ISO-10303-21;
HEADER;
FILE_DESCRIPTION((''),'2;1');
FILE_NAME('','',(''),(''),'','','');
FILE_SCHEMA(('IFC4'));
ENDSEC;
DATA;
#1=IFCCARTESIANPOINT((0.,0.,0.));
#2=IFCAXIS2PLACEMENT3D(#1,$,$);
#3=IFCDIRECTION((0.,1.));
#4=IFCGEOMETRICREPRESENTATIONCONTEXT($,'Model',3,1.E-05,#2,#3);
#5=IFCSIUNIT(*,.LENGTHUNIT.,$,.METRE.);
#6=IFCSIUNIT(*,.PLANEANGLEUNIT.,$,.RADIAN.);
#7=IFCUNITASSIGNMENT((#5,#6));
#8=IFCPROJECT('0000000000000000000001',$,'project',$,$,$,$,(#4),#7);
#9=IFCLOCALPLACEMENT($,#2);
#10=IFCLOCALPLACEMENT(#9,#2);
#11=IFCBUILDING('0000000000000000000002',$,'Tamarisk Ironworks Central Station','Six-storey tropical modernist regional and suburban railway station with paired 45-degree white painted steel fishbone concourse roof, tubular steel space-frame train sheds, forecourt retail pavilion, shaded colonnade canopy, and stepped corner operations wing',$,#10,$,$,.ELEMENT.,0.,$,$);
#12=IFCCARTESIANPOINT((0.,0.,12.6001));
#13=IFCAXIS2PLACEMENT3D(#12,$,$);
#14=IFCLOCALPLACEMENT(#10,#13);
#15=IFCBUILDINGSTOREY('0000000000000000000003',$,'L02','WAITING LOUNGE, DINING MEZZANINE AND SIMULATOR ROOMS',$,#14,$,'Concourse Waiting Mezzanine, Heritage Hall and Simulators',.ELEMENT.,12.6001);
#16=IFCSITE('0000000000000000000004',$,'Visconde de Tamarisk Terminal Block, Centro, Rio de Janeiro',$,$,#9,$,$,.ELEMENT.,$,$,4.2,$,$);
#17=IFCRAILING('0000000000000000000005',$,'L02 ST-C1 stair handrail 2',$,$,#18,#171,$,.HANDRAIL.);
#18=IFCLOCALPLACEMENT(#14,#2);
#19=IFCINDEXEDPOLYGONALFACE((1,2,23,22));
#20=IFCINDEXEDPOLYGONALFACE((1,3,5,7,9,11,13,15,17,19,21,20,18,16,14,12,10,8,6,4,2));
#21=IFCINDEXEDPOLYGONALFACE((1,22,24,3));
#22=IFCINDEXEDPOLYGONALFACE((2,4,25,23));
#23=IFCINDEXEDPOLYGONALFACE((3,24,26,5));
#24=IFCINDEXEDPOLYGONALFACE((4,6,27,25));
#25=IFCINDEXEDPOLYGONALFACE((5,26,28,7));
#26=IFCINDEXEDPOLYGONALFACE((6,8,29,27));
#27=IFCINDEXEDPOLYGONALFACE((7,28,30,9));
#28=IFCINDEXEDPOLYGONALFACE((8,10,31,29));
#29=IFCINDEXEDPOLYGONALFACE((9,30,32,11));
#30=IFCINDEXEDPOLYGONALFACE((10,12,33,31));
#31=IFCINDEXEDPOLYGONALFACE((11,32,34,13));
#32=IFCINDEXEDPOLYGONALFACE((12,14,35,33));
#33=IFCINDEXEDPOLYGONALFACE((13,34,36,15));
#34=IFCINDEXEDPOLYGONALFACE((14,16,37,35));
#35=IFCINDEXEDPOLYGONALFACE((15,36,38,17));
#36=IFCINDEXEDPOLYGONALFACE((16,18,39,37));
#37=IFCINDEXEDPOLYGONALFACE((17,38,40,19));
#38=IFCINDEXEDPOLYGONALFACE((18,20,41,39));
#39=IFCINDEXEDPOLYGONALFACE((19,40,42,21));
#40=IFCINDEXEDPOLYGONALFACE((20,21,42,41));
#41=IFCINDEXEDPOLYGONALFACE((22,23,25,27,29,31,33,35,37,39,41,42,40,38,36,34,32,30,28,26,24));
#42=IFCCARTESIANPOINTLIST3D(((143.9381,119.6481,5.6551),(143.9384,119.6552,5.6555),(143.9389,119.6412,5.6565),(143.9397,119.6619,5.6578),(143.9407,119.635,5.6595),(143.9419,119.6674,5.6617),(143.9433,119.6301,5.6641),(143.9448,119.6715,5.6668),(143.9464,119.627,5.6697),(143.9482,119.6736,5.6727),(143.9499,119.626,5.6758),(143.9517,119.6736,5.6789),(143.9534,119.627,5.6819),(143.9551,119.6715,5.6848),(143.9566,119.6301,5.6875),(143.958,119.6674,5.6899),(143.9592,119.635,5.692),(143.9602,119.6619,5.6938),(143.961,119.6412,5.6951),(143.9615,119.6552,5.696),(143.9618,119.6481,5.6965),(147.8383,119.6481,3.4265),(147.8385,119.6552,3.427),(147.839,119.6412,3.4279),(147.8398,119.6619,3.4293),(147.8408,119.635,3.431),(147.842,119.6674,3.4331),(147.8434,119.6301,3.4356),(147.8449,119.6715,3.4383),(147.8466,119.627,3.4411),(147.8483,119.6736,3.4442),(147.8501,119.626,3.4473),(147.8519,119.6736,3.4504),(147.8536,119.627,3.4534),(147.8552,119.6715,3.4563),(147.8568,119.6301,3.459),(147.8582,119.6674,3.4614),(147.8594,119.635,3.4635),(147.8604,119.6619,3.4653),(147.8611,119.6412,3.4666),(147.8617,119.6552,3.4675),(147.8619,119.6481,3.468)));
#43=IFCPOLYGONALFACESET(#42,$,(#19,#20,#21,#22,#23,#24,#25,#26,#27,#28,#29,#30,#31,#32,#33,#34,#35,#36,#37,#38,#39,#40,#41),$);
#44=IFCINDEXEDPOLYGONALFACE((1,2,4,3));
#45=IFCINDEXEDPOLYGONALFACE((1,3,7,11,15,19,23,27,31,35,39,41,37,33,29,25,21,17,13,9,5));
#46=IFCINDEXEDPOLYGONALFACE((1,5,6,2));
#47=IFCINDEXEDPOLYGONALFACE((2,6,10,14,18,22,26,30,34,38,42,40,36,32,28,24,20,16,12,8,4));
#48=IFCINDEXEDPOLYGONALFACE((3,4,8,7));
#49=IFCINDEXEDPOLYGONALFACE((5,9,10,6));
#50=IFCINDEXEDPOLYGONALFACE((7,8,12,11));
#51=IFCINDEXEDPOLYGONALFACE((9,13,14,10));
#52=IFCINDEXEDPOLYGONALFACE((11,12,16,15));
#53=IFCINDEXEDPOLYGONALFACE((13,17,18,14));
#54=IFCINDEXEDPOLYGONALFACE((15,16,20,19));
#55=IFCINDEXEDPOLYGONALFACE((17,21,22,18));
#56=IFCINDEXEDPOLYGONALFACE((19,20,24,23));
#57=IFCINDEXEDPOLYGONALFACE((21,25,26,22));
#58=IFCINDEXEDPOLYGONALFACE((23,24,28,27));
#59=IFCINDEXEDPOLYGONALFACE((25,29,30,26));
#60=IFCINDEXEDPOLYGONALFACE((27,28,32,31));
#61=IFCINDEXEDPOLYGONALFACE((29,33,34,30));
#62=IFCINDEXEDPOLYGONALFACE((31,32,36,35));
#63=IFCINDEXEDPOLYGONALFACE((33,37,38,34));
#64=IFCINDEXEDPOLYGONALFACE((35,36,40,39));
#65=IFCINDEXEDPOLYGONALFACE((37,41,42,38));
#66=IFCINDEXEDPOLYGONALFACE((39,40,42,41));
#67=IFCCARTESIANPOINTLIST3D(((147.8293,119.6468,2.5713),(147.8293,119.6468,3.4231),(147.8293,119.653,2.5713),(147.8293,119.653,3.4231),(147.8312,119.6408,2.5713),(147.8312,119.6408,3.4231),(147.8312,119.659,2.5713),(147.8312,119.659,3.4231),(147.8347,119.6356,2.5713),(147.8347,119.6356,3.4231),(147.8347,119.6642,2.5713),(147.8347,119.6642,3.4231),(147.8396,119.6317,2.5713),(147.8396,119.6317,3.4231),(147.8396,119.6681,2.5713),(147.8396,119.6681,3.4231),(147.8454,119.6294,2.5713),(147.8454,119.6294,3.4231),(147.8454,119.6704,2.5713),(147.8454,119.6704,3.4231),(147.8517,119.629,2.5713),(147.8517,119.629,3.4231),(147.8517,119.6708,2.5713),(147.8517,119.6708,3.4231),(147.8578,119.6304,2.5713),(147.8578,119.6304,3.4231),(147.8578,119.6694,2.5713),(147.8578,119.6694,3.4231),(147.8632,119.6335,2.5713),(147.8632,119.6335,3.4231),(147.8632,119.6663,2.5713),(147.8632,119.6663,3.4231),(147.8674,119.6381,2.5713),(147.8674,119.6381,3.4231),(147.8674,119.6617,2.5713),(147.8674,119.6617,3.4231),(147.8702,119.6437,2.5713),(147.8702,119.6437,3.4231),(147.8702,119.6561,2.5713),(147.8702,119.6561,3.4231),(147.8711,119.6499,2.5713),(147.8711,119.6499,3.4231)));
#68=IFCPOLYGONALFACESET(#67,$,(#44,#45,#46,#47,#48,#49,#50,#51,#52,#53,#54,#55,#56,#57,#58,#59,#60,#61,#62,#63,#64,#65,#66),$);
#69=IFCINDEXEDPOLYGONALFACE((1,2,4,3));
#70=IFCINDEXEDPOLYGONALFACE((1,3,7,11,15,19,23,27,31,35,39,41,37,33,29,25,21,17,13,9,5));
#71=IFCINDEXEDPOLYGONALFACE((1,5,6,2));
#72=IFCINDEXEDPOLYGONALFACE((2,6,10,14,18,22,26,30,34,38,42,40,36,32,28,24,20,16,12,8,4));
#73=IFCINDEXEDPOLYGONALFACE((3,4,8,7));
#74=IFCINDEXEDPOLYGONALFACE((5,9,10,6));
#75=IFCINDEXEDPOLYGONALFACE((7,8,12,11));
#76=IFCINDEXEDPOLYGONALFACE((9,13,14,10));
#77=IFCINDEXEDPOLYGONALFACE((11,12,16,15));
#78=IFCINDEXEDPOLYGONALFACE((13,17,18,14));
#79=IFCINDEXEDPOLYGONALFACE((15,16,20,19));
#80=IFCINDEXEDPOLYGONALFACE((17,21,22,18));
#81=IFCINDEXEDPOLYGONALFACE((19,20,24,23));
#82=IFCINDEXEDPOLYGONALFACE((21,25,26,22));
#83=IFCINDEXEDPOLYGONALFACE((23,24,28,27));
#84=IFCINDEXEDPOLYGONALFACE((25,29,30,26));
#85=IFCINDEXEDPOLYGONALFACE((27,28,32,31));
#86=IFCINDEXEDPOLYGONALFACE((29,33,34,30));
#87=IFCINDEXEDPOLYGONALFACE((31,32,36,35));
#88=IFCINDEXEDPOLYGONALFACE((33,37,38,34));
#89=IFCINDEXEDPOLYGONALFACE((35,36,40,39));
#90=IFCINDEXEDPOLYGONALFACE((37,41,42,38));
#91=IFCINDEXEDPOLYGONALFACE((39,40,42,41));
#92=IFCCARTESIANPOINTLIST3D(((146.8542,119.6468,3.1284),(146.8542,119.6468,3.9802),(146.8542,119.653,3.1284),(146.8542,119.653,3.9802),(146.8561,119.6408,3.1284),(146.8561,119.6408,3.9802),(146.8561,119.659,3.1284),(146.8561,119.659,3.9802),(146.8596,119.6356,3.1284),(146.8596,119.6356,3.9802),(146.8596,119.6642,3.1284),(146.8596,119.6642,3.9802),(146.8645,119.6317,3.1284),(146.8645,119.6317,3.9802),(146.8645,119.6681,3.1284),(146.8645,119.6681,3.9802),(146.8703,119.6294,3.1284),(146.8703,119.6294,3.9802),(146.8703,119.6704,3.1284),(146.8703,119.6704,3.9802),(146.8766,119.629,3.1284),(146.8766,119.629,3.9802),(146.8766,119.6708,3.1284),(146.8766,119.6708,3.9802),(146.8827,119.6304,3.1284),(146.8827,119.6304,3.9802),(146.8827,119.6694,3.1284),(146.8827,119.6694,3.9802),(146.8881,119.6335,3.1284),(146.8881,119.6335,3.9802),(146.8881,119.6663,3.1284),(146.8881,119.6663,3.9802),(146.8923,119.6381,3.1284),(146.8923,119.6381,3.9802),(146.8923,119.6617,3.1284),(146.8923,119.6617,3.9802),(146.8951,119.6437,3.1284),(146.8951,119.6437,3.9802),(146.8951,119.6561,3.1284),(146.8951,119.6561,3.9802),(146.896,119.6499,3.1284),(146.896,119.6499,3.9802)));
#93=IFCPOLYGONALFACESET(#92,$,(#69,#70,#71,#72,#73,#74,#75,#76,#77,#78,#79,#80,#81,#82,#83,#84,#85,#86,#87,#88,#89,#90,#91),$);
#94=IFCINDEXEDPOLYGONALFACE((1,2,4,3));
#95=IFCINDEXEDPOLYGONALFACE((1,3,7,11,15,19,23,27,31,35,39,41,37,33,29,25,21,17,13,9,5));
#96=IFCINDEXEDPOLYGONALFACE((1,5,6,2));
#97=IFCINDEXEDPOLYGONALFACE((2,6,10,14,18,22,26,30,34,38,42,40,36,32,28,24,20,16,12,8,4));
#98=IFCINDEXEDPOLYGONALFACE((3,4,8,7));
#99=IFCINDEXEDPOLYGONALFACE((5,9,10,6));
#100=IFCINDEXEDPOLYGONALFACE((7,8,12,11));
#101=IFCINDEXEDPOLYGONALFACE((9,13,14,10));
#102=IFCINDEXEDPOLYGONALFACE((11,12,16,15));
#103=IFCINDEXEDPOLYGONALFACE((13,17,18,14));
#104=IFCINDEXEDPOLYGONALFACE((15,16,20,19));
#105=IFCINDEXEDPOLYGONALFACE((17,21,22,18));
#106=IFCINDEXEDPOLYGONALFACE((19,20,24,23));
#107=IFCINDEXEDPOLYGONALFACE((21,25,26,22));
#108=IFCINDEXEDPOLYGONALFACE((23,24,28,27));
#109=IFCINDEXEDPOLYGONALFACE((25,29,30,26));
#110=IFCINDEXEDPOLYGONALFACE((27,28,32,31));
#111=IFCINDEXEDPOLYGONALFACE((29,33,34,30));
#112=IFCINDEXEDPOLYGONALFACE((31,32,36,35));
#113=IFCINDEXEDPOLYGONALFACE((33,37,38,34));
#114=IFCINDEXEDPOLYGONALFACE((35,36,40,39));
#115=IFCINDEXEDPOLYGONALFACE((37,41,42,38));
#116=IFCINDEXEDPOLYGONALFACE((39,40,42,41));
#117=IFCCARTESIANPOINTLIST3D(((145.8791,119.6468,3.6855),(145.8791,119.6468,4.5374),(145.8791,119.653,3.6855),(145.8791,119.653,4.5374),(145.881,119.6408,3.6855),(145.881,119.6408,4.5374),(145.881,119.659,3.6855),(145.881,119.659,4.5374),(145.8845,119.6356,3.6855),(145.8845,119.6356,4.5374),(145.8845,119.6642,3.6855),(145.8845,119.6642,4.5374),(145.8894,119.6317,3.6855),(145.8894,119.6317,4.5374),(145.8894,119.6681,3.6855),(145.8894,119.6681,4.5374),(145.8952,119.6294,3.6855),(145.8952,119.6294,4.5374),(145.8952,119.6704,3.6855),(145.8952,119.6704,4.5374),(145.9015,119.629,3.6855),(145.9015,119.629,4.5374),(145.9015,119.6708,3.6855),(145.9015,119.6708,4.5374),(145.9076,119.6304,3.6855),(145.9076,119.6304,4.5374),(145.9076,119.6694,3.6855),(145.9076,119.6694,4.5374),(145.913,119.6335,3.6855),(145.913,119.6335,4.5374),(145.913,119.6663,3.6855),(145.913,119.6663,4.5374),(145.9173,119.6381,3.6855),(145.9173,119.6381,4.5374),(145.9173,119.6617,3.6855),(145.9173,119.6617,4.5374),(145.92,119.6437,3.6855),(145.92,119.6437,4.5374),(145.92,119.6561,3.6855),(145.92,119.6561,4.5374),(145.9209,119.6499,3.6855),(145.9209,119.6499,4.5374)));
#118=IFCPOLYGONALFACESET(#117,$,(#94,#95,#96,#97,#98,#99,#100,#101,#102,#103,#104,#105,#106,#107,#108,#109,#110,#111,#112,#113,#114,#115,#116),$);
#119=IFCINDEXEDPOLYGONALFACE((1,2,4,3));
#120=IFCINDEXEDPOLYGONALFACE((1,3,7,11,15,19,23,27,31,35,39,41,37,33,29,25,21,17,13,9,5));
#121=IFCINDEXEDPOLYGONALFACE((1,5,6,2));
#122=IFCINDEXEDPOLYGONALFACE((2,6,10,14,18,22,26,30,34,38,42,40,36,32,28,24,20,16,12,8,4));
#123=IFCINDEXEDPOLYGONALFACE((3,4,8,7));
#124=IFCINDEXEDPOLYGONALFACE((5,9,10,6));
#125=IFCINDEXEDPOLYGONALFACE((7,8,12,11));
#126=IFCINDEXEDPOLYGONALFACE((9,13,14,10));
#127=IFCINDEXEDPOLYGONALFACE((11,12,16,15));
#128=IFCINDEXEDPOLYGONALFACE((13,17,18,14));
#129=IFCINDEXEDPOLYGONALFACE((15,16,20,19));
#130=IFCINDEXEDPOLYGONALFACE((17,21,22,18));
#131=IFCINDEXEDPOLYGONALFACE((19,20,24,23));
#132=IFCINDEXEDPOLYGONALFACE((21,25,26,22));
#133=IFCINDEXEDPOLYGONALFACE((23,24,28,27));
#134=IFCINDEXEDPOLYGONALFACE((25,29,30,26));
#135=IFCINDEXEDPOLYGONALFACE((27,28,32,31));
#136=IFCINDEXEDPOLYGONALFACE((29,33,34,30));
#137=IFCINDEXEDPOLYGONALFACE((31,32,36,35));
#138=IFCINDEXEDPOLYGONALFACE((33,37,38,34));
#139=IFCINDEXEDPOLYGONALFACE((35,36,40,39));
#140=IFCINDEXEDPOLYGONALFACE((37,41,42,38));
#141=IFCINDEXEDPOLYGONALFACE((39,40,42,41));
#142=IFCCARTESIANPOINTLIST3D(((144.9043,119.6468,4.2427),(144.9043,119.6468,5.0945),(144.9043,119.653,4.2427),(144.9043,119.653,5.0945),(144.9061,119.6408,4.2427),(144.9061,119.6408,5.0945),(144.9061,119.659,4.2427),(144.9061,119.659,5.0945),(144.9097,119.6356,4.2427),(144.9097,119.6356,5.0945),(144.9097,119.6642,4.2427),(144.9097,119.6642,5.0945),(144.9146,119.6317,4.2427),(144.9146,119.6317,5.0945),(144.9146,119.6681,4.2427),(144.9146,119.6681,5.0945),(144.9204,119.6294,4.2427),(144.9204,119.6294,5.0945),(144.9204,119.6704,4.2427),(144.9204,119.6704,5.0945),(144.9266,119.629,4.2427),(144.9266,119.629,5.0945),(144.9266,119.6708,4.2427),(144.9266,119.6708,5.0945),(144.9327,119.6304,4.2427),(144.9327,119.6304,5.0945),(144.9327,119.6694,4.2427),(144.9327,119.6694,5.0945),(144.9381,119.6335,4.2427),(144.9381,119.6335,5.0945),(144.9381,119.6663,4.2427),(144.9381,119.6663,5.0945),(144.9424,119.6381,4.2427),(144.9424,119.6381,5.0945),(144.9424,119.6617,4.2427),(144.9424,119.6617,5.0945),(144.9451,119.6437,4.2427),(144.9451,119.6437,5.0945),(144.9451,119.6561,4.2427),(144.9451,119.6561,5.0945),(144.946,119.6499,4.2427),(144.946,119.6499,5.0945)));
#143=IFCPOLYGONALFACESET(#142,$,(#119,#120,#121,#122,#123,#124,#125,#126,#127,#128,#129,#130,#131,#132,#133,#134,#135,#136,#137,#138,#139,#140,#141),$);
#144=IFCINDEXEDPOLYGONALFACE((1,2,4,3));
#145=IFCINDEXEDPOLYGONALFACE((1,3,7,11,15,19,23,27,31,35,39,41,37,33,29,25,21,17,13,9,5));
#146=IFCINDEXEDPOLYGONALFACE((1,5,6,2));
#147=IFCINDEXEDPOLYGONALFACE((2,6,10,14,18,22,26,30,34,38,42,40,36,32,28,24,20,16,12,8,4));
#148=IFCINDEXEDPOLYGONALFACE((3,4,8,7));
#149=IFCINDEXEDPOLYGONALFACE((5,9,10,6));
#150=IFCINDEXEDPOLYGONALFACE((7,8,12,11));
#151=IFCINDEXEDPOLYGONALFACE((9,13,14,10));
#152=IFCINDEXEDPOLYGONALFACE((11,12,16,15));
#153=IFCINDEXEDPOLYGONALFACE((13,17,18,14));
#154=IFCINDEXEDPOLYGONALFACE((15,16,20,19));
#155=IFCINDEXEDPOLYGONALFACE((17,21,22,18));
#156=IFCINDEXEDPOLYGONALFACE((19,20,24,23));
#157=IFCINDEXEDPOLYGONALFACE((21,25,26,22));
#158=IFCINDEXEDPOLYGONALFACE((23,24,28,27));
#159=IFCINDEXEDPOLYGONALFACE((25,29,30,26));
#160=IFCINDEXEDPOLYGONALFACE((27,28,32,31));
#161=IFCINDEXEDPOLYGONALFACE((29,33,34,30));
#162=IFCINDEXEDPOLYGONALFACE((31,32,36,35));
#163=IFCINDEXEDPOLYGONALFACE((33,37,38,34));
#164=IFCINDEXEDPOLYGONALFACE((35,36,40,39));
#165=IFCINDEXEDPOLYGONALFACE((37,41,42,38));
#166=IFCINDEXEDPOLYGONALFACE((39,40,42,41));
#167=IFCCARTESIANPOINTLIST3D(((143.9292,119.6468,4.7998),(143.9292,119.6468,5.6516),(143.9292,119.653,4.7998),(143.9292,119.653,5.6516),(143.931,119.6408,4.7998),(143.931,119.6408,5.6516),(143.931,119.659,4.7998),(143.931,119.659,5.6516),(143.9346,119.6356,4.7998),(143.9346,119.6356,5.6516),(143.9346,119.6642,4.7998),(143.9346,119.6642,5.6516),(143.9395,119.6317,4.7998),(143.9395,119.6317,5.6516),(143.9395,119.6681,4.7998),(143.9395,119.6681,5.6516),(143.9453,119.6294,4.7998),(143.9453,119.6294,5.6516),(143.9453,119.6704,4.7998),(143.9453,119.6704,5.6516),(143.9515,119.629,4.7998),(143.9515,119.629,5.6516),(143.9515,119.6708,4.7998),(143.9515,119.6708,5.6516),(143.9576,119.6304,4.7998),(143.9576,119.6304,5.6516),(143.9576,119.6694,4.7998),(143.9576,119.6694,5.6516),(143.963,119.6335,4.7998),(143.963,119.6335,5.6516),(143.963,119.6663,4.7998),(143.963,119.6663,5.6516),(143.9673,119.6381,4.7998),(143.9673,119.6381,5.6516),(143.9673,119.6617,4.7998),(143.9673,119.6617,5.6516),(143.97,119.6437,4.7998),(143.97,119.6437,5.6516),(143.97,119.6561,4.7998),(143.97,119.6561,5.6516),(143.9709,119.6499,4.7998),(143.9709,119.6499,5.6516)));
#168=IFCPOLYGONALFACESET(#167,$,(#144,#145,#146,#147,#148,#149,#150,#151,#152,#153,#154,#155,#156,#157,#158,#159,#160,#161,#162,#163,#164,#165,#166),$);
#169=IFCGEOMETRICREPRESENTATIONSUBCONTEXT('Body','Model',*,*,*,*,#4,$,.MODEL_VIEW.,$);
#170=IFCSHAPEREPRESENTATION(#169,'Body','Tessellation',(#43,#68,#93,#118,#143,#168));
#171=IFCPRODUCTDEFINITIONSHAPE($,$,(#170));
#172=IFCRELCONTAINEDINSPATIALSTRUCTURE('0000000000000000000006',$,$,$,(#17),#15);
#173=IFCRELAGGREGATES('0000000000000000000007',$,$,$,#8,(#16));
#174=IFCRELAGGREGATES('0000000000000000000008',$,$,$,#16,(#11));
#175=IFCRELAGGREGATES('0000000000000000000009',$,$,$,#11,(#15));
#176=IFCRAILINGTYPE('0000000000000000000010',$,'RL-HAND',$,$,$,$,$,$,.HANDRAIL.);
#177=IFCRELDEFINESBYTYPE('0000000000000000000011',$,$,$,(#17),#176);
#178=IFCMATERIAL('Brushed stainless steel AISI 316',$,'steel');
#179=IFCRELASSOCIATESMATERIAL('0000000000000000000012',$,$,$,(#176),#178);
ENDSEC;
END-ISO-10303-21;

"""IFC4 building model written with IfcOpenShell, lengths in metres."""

from ifc_helpers import new_model, si_unit, direction, frame, origin, origin_2d, place, context, subcontext, project, spatial, circle, extrude, material, type_object, element, save


model = new_model("IFC4")

# Units and contexts
model_context = context("Model", 3, precision=1e-05, world=origin(), true_north=direction((0.0, 1.0)))
body_context = subcontext(model_context, "Body", "Model", "MODEL_VIEW")
ifc_project = project(units=[si_unit("LENGTHUNIT", "METRE"), si_unit("PLANEANGLEUNIT", "RADIAN")], contexts=[model_context])

# Site, building, storey
site_placement = place(None, origin())
site = spatial("IfcSite", under=ifc_project, at=site_placement, Name="Visconde de Tamarisk Terminal Block, Centro, Rio de Janeiro", CompositionType="ELEMENT", RefElevation=4.2)
building_placement = place(site_placement, origin())
building = spatial("IfcBuilding", under=site, at=building_placement, Name="Tamarisk Ironworks Central Station", Description="Six-storey tropical modernist regional and suburban railway station with paired 45-degree white painted steel fishbone concourse roof, tubular steel space-frame train sheds, forecourt retail pavilion, shaded colonnade canopy, and stepped corner operations wing", CompositionType="ELEMENT", ElevationOfRefHeight=0.0)
storey_placement = place(building_placement, frame((0.0, 0.0, 12.6001)))
storey = spatial("IfcBuildingStorey", under=building, at=storey_placement, Name="L02", Description="WAITING LOUNGE, DINING MEZZANINE AND SIMULATOR ROOMS", LongName="Concourse Waiting Mezzanine, Heritage Hall and Simulators", CompositionType="ELEMENT", Elevation=12.6001)

# Shared definitions
ifc_material_1 = material(Name="Brushed stainless steel AISI 316", Category="steel")

# Railing
railing_type_1 = type_object("IfcRailingType", Name="RL-HAND", PredefinedType="HANDRAIL", material=ifc_material_1)
railing_1_placement = place(storey_placement, frame((147.8501, 119.6499, 2.5713)))
element("IfcRailing", 1, at=railing_1_placement, inside=storey, type_object=railing_type_1, Name="L02 ST-C1 stair handrail 2", PredefinedType="HANDRAIL", context=body_context, shape_type="SweptSolid", body=[
    extrude(circle(Radius=0.0239, at=origin_2d()), frame((0.0, 0.0, 0.876), z_axis=(-0.868257, 0.0, 0.496116), x_axis=(0.0, -1.0, 0.0)), (0.0, 0.0, 1.0), 4.4919),
    extrude(circle(Radius=0.021, at=origin_2d()), origin(), (0.0, 0.0, 1.0), 0.8518),
    extrude(circle(Radius=0.021, at=origin_2d()), frame((-0.9751, 0.0, 0.5571)), (0.0, 0.0, 1.0), 0.8518),
    extrude(circle(Radius=0.021, at=origin_2d()), frame((-1.9502, 0.0, 1.1143)), (0.0, 0.0, 1.0), 0.8518),
    extrude(circle(Radius=0.021, at=origin_2d()), frame((-2.925, 0.0, 1.6714)), (0.0, 0.0, 1.0), 0.8518),
    extrude(circle(Radius=0.021, at=origin_2d()), frame((-3.9001, 0.0, 2.2285)), (0.0, 0.0, 1.0), 0.8518),
])

save(model, "model.ifc")
